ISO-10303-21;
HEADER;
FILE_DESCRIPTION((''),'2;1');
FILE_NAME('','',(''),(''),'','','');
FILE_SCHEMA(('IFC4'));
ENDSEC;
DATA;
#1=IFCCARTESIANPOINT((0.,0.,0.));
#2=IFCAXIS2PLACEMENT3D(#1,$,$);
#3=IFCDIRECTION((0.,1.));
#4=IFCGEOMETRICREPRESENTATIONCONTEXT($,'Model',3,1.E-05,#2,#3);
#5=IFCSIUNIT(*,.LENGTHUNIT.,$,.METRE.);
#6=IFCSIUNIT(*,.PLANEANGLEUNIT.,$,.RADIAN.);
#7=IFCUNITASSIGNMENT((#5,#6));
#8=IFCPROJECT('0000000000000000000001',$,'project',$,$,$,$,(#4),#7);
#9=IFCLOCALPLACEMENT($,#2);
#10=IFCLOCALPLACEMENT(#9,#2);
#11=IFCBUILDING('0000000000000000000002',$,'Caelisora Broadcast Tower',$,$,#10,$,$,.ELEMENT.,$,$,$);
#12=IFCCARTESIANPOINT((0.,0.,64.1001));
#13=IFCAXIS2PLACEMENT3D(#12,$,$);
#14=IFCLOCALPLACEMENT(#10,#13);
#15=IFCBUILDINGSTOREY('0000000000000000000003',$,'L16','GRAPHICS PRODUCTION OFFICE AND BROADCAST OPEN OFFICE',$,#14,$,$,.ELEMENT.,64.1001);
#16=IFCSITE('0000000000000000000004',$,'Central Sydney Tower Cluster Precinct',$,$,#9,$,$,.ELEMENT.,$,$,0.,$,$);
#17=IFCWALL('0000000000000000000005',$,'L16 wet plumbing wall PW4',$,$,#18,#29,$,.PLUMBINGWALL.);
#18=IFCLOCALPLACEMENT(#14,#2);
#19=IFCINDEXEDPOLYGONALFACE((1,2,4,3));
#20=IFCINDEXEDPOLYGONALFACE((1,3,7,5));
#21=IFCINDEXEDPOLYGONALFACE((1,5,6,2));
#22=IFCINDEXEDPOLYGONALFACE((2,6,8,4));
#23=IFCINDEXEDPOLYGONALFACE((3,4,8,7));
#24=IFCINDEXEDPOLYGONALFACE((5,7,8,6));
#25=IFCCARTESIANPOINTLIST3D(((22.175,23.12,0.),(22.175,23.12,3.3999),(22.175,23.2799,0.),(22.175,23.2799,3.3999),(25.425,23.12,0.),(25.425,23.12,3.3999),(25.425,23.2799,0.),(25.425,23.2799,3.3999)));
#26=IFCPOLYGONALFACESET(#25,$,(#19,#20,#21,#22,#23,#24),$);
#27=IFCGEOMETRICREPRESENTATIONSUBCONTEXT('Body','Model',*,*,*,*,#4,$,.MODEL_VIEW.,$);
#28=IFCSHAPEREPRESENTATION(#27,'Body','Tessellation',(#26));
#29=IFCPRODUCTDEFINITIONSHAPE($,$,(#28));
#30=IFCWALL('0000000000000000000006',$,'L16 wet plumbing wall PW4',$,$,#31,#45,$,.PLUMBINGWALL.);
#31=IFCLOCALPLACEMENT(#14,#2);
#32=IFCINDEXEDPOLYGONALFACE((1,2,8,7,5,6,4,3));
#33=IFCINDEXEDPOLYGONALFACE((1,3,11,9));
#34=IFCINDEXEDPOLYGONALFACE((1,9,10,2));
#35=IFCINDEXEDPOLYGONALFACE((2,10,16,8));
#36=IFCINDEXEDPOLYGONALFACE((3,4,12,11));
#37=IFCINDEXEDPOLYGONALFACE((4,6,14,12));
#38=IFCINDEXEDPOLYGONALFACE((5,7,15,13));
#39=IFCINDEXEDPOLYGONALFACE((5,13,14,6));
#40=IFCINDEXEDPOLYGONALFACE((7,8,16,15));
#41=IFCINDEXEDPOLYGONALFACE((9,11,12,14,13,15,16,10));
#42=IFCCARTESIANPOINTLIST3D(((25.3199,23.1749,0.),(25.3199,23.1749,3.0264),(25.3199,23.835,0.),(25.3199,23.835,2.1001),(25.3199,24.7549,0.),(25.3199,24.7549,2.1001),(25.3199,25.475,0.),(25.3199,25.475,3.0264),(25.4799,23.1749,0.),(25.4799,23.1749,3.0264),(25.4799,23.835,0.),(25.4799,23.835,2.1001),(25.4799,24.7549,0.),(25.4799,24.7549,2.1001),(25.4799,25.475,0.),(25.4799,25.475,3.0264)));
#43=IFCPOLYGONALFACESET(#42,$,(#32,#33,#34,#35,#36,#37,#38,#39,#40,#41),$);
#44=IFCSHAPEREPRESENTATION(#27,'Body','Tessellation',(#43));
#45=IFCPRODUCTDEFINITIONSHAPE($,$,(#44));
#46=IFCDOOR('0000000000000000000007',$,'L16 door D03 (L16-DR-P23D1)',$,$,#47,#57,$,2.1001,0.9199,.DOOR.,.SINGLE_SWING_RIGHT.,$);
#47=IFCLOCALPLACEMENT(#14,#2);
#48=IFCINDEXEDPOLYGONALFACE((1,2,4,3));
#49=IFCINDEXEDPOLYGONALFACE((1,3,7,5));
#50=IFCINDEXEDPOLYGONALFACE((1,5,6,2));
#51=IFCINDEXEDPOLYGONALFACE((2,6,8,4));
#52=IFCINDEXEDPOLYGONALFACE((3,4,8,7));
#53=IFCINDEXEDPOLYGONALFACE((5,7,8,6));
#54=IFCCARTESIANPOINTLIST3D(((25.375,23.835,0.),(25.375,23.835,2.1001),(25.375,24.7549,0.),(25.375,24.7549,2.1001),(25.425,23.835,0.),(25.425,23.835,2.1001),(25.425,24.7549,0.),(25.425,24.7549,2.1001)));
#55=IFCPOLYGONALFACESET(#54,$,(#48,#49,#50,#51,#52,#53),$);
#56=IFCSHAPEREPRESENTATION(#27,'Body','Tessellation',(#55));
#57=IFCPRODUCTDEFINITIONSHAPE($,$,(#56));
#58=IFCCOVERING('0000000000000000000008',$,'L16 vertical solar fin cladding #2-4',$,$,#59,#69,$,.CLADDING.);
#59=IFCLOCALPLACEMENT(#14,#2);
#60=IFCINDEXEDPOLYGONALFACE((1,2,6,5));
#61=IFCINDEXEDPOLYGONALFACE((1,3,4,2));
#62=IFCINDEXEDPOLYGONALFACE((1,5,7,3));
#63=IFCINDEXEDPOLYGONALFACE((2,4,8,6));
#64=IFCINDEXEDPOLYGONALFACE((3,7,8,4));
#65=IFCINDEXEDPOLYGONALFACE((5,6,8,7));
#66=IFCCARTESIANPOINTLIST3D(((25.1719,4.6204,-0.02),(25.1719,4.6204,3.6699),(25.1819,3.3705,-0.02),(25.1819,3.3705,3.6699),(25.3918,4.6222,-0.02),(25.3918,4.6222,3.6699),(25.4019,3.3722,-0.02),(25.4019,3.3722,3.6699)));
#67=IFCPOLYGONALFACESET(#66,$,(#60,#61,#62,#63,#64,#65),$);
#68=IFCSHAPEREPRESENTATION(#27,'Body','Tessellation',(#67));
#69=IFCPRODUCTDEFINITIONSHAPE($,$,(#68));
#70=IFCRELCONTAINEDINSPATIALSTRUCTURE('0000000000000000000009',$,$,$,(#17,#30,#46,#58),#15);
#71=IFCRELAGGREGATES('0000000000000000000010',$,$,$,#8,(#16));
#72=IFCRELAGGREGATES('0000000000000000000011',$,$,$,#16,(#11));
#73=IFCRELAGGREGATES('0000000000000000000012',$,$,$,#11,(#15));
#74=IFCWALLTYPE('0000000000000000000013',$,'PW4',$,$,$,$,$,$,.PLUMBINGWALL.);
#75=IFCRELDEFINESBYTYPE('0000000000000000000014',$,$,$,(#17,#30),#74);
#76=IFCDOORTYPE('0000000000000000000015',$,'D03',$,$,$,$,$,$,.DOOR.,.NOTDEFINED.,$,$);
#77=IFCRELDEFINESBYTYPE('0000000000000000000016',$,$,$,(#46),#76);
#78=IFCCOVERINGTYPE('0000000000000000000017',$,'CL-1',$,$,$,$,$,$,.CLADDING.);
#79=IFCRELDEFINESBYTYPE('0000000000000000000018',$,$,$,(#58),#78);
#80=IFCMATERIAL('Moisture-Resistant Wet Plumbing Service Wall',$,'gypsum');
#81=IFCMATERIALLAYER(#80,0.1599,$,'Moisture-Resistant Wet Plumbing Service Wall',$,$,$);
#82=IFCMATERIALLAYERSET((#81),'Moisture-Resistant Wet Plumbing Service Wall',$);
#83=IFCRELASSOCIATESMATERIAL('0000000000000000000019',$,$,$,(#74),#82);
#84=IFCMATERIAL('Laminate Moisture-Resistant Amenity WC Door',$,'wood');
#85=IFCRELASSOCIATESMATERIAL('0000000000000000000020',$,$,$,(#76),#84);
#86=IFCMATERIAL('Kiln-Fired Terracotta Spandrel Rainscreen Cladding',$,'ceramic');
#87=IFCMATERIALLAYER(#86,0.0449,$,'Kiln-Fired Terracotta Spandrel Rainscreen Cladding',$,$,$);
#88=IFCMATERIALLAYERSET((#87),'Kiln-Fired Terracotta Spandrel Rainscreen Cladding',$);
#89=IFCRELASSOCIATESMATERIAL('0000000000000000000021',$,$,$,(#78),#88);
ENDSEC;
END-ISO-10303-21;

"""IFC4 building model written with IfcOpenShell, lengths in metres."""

from ifc_helpers import new_model, si_unit, direction, frame, frame_2d, origin, origin_2d, place, context, subcontext, project, spatial, rectangle, extrude, source, transform, mapped, material, layer, layer_set, type_object, type_shapes, element, fill, save


model = new_model("IFC4")

# Units and contexts
model_context = context("Model", 3, precision=1e-05, world=origin(), true_north=direction((0.0, 1.0)))
body_context = subcontext(model_context, "Body", "Model", "MODEL_VIEW")
ifc_project = project(units=[si_unit("LENGTHUNIT", "METRE"), si_unit("PLANEANGLEUNIT", "RADIAN")], contexts=[model_context])

# Site, building, storey
site_placement = place(None, origin())
site = spatial("IfcSite", under=ifc_project, at=site_placement, Name="Central Sydney Tower Cluster Precinct", CompositionType="ELEMENT", RefElevation=0.0)
building_placement = place(site_placement, origin())
building = spatial("IfcBuilding", under=site, at=building_placement, Name="Caelisora Broadcast Tower", CompositionType="ELEMENT")
storey_placement = place(building_placement, frame((0.0, 0.0, 64.1001)))
storey = spatial("IfcBuildingStorey", under=building, at=storey_placement, Name="L16", Description="GRAPHICS PRODUCTION OFFICE AND BROADCAST OPEN OFFICE", CompositionType="ELEMENT", Elevation=64.1001)

# Wall
ifc_material_1 = material(Name="Moisture-Resistant Wet Plumbing Service Wall", Category="gypsum")
ifc_layer_1 = layer(ifc_material_1, 0.1599, Name="Moisture-Resistant Wet Plumbing Service Wall")
ifc_layer_set_1 = layer_set([ifc_layer_1], Name="Moisture-Resistant Wet Plumbing Service Wall")
wall_type_1 = type_object("IfcWallType", Name="PW4", PredefinedType="PLUMBINGWALL", material=ifc_layer_set_1)
wall_1_placement = place(storey_placement, frame((22.175, 23.2, 0.0), z_axis=(0.0, 0.0, 1.0), x_axis=(1.0, 0.0, 0.0)))
element("IfcWall", 1, at=wall_1_placement, inside=storey, type_object=wall_type_1, Name="L16 wet plumbing wall PW4", PredefinedType="PLUMBINGWALL", context=body_context, shape_type="SweptSolid", body=[
    extrude(rectangle(XDim=3.25, YDim=0.1599, at=frame_2d((1.625, 0.0))), origin(), (0.0, 0.0, 1.0), 3.3999),
])

# Wall, opening, door
wall_2_placement = place(storey_placement, frame((25.3999, 23.175, 0.0), z_axis=(0.0, 0.0, 1.0), x_axis=(0.0, 1.0, 0.0)))
wall_2 = element("IfcWall", 2, at=wall_2_placement, inside=storey, type_object=wall_type_1, Name="L16 wet plumbing wall PW4", PredefinedType="PLUMBINGWALL", context=body_context, shape_type="SweptSolid", body=[
    extrude(rectangle(XDim=2.3, YDim=0.1599, at=frame_2d((1.1499, 0.0))), origin(), (0.0, 0.0, 1.0), 3.0264),
])
opening_1_placement = place(wall_2_placement, frame((0.6599, 0.0, 0.0)))
opening_1 = element("IfcOpeningElement", 3, at=opening_1_placement, cuts=wall_2, PredefinedType="OPENING", context=body_context, shape_type="SweptSolid", body=[
    extrude(rectangle(XDim=0.9199, YDim=2.1001, at=frame_2d((0.46, 1.05))), frame((0.0, 0.092, 0.0), z_axis=(0.0, -1.0, 0.0), x_axis=(1.0, 0.0, 0.0)), (0.0, 0.0, 1.0), 0.1838),
])
ifc_material_2 = material(Name="Laminate Moisture-Resistant Amenity WC Door", Category="wood")
door_type_1 = type_object("IfcDoorType", Name="D03", OperationType="NOTDEFINED", PredefinedType="DOOR", material=ifc_material_2)
door_1_placement = place(opening_1_placement, origin())
door_1 = element("IfcDoor", 4, at=door_1_placement, inside=storey, type_object=door_type_1, Name="L16 door D03 (L16-DR-P23D1)", OperationType="SINGLE_SWING_RIGHT", OverallHeight=2.1001, OverallWidth=0.9199, PredefinedType="DOOR", context=body_context, shape_type="SweptSolid", body=[
    extrude(rectangle(XDim=0.9199, YDim=2.1001, at=frame_2d((0.46, 1.05))), frame((0.0, 0.0249, 0.0), z_axis=(0.0, -1.0, 0.0), x_axis=(1.0, 0.0, 0.0)), (0.0, 0.0, 1.0), 0.05),
])
fill(opening_1, door_1)

# Covering
ifc_material_3 = material(Name="Kiln-Fired Terracotta Spandrel Rainscreen Cladding", Category="ceramic")
ifc_layer_2 = layer(ifc_material_3, 0.0449, Name="Kiln-Fired Terracotta Spandrel Rainscreen Cladding")
ifc_layer_set_2 = layer_set([ifc_layer_2], Name="Kiln-Fired Terracotta Spandrel Rainscreen Cladding")
covering_type = type_object("IfcCoveringType", Name="CL-1", PredefinedType="CLADDING", material=ifc_layer_set_2)
shared_shape_1 = source(origin(), body_context, "Body", "SweptSolid", [
    extrude(rectangle(XDim=0.22, YDim=1.25, at=origin_2d()), origin(), (0.0, 0.0, 1.0), 3.6899),
])
type_shapes(covering_type, [shared_shape_1])
covering_placement = place(storey_placement, frame((25.2869, 3.9963, -0.02), z_axis=(0.0, 0.0, 1.0), x_axis=(-0.999968, -0.008028, 0.0)))
element("IfcCovering", 5, at=covering_placement, inside=storey, type_object=covering_type, Name="L16 vertical solar fin cladding #2-4", PredefinedType="CLADDING", context=body_context, shape_type="MappedRepresentation", body=[
    mapped(shared_shape_1, transform((0.0, 0.0, 0.0), scale=1.0)),
])

save(model, "model.ifc")
